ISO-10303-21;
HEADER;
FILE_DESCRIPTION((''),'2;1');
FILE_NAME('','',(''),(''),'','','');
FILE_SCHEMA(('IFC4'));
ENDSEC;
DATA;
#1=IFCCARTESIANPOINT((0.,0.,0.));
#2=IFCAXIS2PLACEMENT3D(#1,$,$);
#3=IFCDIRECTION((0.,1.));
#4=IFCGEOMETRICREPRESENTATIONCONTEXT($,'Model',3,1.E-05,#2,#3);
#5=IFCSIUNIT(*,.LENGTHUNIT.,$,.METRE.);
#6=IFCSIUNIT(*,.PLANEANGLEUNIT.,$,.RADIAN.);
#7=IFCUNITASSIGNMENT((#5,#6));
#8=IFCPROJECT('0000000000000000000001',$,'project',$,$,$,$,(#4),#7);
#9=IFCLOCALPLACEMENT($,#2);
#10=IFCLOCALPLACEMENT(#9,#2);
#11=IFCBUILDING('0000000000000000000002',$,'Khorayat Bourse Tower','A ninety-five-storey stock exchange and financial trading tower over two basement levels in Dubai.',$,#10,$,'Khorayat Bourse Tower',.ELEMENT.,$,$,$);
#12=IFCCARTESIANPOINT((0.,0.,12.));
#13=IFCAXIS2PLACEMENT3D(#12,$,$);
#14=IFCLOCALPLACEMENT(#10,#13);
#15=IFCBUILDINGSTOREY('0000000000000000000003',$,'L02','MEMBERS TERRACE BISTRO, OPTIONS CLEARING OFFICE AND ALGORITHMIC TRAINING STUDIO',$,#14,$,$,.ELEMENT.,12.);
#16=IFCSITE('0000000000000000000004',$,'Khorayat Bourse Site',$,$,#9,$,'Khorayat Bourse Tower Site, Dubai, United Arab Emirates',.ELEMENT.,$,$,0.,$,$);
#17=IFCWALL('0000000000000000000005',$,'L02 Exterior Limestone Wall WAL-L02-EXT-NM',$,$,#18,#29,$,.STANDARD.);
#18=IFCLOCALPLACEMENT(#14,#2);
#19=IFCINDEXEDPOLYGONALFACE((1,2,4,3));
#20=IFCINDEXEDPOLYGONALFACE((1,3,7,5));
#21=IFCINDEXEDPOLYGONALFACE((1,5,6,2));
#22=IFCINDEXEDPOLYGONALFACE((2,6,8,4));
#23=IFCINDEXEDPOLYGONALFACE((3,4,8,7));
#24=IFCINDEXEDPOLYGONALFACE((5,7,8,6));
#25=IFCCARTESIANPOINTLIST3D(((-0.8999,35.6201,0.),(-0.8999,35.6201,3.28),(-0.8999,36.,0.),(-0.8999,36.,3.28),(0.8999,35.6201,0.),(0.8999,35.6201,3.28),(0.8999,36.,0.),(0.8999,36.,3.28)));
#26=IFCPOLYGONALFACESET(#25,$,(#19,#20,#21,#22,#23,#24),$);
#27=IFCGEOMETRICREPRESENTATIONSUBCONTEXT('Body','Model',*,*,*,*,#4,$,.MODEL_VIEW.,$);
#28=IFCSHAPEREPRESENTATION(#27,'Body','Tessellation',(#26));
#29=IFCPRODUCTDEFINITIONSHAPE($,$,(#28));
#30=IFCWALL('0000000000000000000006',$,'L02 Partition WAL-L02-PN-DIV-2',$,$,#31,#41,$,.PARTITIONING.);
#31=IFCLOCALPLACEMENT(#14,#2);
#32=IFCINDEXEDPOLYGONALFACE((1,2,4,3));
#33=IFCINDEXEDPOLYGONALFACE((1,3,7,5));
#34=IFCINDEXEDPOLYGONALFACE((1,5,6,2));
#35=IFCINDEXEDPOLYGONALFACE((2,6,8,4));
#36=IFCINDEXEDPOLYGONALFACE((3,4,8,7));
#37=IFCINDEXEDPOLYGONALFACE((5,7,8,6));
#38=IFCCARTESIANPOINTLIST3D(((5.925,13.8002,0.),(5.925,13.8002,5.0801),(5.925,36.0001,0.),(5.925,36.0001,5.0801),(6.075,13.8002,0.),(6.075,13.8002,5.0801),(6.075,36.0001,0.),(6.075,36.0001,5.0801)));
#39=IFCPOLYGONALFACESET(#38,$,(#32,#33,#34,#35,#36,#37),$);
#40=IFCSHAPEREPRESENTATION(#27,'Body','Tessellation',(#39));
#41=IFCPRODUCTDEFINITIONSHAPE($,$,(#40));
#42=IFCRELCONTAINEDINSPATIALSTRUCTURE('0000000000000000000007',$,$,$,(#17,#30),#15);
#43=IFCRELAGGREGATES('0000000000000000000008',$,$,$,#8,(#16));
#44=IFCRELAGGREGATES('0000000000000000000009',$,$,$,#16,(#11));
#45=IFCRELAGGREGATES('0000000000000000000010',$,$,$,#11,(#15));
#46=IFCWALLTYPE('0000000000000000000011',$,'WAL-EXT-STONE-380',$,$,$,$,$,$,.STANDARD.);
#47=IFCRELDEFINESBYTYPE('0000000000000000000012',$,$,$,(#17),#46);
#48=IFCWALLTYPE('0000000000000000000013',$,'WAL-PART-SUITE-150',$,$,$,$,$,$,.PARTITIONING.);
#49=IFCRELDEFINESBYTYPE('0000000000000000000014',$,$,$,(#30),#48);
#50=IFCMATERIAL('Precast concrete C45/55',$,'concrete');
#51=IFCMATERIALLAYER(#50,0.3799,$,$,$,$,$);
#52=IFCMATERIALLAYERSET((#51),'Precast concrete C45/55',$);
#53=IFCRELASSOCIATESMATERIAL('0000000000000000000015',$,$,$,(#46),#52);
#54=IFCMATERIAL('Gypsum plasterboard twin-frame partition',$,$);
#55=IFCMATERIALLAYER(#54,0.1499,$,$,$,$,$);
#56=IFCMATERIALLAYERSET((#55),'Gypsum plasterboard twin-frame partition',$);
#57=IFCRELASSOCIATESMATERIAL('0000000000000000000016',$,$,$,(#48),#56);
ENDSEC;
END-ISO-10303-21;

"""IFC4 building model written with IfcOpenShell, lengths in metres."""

from ifc_helpers import new_model, si_unit, direction, frame, frame_2d, origin, place, context, subcontext, project, spatial, rectangle, extrude, source, transform, mapped, material, layer, layer_set, type_object, element, save


model = new_model("IFC4")

# Units and contexts
model_context = context("Model", 3, precision=1e-05, world=origin(), true_north=direction((0.0, 1.0)))
body_context = subcontext(model_context, "Body", "Model", "MODEL_VIEW")
ifc_project = project(units=[si_unit("LENGTHUNIT", "METRE"), si_unit("PLANEANGLEUNIT", "RADIAN")], contexts=[model_context])

# Site, building, storey
site_placement = place(None, origin())
site = spatial("IfcSite", under=ifc_project, at=site_placement, Name="Khorayat Bourse Site", LongName="Khorayat Bourse Tower Site, Dubai, United Arab Emirates", CompositionType="ELEMENT", RefElevation=0.0)
building_placement = place(site_placement, origin())
building = spatial("IfcBuilding", under=site, at=building_placement, Name="Khorayat Bourse Tower", Description="A ninety-five-storey stock exchange and financial trading tower over two basement levels in Dubai.", LongName="Khorayat Bourse Tower", CompositionType="ELEMENT")
storey_placement = place(building_placement, frame((0.0, 0.0, 12.0)))
storey = spatial("IfcBuildingStorey", under=building, at=storey_placement, Name="L02", Description="MEMBERS TERRACE BISTRO, OPTIONS CLEARING OFFICE AND ALGORITHMIC TRAINING STUDIO", CompositionType="ELEMENT", Elevation=12.0)

# Walls
ifc_material_1 = material(Name="Precast concrete C45/55", Category="concrete")
ifc_layer_1 = layer(ifc_material_1, 0.3799)
ifc_layer_set_1 = layer_set([ifc_layer_1], Name="Precast concrete C45/55")
wall_type_1 = type_object("IfcWallType", Name="WAL-EXT-STONE-380", PredefinedType="STANDARD", material=ifc_layer_set_1)
shared_shape_1 = source(origin(), body_context, "Body", "SweptSolid", [
    extrude(rectangle(XDim=1.7998, YDim=0.3799, at=frame_2d((0.8999, 0.0))), origin(), (0.0, 0.0, 1.0), 3.28),
])
wall_1_placement = place(storey_placement, frame((-0.8999, 35.8101, 0.0), z_axis=(0.0, 0.0, 1.0), x_axis=(1.0, 0.0, 0.0)))
element("IfcWall", 1, at=wall_1_placement, inside=storey, type_object=wall_type_1, Name="L02 Exterior Limestone Wall WAL-L02-EXT-NM", PredefinedType="STANDARD", context=body_context, shape_type="MappedRepresentation", body=[
    mapped(shared_shape_1, transform((0.0, 0.0, 0.0), scale=1.0)),
])
ifc_material_2 = material(Name="Gypsum plasterboard twin-frame partition")
ifc_layer_2 = layer(ifc_material_2, 0.1499)
ifc_layer_set_2 = layer_set([ifc_layer_2], Name="Gypsum plasterboard twin-frame partition")
wall_type_2 = type_object("IfcWallType", Name="WAL-PART-SUITE-150", PredefinedType="PARTITIONING", material=ifc_layer_set_2)
shared_shape_2 = source(origin(), body_context, "Body", "SweptSolid", [
    extrude(rectangle(XDim=22.2, YDim=0.1499, at=frame_2d((11.1001, 0.0))), origin(), (0.0, 0.0, 1.0), 5.0801),
])
wall_2_placement = place(storey_placement, frame((6.0, 13.8, 0.0), z_axis=(0.0, 0.0, 1.0), x_axis=(0.0, 1.0, 0.0)))
element("IfcWall", 2, at=wall_2_placement, inside=storey, type_object=wall_type_2, Name="L02 Partition WAL-L02-PN-DIV-2", PredefinedType="PARTITIONING", context=body_context, shape_type="MappedRepresentation", body=[
    mapped(shared_shape_2, transform((0.0, 0.0, 0.0), scale=1.0)),
])

save(model, "model.ifc")
